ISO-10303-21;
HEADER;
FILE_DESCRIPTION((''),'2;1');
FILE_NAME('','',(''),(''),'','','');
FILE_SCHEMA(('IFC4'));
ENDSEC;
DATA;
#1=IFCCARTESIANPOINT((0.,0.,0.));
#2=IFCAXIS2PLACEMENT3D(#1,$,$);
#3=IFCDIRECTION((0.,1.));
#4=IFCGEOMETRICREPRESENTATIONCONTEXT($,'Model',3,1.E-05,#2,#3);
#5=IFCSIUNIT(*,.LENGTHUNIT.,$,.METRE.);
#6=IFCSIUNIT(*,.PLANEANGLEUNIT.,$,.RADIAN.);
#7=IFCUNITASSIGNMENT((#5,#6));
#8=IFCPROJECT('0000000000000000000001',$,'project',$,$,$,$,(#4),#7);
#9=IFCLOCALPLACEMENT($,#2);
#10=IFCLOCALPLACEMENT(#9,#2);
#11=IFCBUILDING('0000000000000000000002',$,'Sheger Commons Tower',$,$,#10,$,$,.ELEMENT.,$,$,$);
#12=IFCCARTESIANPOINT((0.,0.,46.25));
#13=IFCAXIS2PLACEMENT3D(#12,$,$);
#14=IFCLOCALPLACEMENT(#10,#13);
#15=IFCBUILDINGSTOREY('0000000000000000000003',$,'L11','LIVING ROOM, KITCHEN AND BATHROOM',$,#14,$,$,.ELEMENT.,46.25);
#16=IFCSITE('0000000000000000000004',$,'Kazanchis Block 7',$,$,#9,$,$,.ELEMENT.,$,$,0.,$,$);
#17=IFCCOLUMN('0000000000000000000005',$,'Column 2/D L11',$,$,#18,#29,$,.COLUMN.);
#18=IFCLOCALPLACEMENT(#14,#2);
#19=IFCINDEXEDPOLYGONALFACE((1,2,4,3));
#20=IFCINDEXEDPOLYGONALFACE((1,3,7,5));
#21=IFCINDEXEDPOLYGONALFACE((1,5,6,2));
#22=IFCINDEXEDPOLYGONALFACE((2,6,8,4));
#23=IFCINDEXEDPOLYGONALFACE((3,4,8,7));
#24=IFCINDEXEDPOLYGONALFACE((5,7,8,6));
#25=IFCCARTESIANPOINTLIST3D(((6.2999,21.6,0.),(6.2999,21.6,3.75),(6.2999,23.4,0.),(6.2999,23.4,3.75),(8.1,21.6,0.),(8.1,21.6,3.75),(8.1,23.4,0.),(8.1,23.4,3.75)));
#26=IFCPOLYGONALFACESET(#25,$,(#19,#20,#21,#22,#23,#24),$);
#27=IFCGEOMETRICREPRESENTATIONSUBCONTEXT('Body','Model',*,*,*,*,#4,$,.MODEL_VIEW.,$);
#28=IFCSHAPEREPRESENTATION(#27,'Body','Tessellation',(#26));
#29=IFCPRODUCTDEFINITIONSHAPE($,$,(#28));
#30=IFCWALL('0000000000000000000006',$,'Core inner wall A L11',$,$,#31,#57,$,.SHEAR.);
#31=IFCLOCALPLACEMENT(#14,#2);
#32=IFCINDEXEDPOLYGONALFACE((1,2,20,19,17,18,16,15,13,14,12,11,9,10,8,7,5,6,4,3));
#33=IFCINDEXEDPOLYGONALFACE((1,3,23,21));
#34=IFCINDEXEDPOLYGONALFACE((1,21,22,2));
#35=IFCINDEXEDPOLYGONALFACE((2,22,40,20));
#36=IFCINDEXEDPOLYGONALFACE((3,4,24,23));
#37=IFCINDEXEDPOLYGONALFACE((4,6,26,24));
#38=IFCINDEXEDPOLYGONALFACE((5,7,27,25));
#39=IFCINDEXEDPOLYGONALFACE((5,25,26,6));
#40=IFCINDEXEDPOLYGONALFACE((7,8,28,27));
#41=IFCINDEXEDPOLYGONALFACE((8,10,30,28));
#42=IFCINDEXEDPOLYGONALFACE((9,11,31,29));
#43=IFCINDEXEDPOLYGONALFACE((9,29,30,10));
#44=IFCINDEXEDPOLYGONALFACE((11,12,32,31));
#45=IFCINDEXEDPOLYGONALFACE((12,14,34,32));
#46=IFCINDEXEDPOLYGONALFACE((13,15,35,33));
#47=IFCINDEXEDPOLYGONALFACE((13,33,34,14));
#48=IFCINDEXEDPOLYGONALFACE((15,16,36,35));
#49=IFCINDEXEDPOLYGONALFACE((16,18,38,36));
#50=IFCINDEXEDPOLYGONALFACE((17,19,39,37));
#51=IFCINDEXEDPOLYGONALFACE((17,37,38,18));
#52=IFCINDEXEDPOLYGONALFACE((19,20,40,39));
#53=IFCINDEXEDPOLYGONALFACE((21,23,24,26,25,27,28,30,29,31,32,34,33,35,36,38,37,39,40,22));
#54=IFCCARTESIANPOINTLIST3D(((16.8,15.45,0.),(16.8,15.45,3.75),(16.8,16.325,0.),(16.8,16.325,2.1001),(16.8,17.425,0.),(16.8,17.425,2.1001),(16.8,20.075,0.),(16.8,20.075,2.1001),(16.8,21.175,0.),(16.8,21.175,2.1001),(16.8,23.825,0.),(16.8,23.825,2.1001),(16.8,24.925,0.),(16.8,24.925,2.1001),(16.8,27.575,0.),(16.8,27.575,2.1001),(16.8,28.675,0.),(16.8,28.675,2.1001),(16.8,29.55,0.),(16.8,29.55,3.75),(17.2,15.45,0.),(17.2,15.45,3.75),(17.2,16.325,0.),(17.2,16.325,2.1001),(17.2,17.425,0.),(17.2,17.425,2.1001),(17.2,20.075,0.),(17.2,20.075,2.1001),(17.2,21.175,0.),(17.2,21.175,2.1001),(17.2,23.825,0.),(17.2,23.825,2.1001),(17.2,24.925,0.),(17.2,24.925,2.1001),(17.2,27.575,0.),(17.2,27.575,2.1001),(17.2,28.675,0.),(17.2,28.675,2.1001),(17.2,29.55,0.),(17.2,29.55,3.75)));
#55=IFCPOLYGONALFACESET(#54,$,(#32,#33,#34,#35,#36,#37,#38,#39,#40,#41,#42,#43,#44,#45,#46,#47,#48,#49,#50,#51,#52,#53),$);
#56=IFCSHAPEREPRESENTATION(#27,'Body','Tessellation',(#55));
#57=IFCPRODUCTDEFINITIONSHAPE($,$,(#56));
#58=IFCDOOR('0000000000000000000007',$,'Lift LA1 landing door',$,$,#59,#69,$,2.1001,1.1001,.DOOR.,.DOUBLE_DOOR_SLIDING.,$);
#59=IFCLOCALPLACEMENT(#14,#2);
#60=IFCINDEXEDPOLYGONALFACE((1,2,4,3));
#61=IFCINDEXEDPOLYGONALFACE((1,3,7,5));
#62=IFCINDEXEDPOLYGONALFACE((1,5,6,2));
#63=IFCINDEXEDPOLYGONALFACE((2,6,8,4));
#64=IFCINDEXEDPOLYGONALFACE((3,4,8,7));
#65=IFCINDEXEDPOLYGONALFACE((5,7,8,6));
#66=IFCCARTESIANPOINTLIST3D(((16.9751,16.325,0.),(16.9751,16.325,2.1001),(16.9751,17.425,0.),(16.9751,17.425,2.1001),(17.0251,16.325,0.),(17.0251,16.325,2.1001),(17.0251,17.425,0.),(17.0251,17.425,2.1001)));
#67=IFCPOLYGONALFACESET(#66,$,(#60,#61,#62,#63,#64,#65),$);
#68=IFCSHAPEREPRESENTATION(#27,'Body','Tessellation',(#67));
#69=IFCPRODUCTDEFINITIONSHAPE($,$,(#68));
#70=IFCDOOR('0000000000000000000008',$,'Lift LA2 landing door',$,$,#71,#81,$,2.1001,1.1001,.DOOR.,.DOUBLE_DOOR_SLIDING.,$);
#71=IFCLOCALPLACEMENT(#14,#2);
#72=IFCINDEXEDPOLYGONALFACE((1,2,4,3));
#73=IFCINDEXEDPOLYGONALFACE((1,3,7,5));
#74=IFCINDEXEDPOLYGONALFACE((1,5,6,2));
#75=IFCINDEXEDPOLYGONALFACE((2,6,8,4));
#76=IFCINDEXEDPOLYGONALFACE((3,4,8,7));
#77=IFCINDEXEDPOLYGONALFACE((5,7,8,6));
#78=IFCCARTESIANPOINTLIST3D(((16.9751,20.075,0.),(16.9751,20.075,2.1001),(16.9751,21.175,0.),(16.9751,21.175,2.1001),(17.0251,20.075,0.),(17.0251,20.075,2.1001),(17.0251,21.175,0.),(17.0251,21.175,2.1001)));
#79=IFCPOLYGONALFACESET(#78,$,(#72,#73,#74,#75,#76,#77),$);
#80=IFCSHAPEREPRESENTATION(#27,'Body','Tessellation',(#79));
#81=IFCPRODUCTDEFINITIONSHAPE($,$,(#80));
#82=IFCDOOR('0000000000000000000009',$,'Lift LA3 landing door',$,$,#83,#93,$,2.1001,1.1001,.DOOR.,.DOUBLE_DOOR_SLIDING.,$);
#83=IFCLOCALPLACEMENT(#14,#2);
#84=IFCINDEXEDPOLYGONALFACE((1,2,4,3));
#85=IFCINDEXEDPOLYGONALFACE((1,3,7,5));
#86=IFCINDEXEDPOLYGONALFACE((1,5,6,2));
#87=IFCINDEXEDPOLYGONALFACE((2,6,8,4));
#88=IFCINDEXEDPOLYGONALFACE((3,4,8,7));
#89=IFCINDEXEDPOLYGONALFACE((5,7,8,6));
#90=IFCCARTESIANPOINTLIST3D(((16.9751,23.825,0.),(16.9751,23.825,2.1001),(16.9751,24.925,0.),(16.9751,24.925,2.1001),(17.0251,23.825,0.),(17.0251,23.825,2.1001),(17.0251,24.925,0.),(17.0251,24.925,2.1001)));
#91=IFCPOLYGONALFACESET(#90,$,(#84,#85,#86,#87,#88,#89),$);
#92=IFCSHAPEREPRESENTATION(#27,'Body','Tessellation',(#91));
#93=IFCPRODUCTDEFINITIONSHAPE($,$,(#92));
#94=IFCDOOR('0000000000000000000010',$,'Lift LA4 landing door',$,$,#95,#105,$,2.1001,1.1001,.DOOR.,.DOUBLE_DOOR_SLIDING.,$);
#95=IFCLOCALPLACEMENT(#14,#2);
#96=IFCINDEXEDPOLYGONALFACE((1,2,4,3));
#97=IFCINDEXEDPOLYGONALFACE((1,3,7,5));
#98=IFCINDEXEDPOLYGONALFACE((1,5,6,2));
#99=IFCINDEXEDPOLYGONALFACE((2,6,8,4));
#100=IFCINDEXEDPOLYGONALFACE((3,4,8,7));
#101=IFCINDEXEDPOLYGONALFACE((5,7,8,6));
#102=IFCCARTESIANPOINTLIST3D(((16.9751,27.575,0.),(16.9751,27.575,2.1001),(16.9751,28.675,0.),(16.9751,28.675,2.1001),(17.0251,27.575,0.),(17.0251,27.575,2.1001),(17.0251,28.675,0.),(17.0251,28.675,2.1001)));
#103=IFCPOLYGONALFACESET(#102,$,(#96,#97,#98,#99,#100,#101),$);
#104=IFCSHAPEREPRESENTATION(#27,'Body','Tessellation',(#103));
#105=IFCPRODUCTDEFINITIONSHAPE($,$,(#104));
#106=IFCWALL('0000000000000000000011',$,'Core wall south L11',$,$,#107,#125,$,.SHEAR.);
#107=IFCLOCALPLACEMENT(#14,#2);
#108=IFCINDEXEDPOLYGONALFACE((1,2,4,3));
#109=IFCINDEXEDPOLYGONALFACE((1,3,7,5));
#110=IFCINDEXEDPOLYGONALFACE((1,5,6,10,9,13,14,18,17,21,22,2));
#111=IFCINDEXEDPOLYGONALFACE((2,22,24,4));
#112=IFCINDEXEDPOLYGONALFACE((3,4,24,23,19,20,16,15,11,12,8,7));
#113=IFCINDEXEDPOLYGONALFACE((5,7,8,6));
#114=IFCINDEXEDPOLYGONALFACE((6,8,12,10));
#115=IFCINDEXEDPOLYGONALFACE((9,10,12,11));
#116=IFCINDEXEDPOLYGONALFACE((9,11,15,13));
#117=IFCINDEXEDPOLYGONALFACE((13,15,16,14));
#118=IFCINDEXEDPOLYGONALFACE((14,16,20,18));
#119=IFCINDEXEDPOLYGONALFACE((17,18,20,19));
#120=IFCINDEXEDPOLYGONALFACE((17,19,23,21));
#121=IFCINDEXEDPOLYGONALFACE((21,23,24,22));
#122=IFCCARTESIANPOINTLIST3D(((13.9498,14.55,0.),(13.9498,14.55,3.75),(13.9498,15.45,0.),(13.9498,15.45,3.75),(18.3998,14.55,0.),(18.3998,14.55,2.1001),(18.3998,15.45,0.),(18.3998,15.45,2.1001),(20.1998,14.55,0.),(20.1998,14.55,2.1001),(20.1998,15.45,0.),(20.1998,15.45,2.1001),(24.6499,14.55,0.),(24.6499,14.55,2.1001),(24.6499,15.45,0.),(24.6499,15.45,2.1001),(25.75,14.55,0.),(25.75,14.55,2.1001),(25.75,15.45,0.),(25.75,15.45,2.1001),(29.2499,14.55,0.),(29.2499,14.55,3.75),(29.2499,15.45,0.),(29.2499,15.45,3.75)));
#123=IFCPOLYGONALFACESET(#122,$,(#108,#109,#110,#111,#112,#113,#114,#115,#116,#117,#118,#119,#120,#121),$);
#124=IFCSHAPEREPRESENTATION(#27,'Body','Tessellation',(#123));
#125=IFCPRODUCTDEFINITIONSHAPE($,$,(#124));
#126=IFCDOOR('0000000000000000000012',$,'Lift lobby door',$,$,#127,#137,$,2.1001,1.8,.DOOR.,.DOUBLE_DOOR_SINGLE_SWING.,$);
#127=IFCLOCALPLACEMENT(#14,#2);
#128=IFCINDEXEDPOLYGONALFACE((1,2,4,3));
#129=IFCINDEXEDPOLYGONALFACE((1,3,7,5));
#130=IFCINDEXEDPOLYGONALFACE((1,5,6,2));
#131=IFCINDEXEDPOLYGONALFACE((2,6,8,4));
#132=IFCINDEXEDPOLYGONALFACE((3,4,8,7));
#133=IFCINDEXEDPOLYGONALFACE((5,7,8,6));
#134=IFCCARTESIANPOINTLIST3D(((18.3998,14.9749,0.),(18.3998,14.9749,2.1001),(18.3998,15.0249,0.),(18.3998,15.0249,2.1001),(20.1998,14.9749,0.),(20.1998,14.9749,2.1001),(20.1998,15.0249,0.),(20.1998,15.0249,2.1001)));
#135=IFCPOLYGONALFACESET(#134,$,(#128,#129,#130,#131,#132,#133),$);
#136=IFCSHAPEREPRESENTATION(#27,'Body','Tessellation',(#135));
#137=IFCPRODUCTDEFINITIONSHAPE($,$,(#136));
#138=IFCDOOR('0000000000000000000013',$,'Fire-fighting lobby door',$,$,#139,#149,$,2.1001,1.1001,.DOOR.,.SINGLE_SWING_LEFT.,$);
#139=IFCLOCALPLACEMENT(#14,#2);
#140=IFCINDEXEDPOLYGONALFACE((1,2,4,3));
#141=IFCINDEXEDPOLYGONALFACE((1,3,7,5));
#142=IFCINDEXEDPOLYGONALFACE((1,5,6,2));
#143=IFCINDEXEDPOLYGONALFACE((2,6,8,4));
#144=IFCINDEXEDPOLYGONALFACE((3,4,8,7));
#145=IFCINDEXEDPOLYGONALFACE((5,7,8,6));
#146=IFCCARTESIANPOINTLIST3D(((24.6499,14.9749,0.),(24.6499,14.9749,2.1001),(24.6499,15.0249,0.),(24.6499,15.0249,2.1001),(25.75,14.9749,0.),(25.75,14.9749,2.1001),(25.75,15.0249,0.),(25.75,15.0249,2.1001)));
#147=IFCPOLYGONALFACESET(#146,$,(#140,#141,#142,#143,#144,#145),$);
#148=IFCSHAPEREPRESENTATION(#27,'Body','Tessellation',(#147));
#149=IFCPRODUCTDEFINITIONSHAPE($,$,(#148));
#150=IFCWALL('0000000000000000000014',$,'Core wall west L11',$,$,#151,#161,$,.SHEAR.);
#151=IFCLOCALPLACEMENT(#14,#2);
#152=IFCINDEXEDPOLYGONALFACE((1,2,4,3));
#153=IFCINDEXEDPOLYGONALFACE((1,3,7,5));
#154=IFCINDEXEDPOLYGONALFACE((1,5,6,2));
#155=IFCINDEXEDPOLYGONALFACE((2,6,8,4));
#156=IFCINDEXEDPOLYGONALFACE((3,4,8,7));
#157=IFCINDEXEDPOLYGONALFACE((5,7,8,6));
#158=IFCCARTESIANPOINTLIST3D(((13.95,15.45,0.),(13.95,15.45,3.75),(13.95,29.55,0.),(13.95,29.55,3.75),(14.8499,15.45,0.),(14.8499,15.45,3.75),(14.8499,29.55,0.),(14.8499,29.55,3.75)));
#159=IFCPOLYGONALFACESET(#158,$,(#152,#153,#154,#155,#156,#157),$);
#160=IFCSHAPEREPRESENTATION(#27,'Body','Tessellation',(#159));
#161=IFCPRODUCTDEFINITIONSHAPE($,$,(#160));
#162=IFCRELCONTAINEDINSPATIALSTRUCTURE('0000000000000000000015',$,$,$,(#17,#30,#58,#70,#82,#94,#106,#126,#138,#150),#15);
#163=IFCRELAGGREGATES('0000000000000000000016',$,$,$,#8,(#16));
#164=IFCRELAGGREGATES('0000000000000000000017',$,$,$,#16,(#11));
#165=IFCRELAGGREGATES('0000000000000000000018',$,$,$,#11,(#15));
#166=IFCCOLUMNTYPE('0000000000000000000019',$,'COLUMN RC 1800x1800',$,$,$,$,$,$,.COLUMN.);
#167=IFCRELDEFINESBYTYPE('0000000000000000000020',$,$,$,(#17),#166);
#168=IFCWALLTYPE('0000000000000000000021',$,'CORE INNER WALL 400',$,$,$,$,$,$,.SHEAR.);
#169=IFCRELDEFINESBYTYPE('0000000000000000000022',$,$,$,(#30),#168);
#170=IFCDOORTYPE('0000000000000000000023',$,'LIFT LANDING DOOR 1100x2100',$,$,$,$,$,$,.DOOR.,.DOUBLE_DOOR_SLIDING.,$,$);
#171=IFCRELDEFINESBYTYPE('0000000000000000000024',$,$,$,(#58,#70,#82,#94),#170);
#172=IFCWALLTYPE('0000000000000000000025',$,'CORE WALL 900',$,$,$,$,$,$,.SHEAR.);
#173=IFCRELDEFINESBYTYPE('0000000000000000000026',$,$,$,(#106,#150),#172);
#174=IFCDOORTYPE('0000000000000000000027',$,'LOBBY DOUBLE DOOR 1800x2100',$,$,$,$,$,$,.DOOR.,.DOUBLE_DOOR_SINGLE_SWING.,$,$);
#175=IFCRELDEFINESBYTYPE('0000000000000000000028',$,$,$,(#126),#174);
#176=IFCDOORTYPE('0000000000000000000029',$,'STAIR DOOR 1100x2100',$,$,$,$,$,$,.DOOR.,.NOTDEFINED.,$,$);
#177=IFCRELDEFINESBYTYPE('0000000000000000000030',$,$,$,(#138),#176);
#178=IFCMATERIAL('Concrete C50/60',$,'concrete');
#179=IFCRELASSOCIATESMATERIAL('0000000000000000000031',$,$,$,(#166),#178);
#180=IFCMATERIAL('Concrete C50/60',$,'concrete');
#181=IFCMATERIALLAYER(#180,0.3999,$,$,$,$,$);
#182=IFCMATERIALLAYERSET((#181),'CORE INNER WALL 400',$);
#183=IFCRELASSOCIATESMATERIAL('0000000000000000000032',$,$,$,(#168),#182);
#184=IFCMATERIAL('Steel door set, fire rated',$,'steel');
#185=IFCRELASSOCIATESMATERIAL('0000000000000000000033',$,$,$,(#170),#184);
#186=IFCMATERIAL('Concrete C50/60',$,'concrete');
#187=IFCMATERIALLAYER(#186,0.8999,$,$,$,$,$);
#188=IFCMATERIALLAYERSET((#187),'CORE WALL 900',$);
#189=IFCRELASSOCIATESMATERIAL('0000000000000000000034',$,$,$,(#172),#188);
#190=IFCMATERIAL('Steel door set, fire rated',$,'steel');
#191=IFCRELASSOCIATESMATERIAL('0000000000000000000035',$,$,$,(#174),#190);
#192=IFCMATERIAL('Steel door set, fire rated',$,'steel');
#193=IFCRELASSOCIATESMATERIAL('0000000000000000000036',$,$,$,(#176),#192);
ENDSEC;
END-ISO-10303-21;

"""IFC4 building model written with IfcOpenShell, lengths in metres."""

from ifc_helpers import new_model, si_unit, direction, frame, frame_2d, origin, origin_2d, place, context, subcontext, project, spatial, rectangle, extrude, material, layer, layer_set, material_profile, profile_set, type_object, element, fill, save


model = new_model("IFC4")

# Units and contexts
model_context = context("Model", 3, precision=1e-05, world=origin(), true_north=direction((0.0, 1.0)))
body_context = subcontext(model_context, "Body", "Model", "MODEL_VIEW")
ifc_project = project(units=[si_unit("LENGTHUNIT", "METRE"), si_unit("PLANEANGLEUNIT", "RADIAN")], contexts=[model_context])

# Site, building, storey
site_placement = place(None, origin())
site = spatial("IfcSite", under=ifc_project, at=site_placement, Name="Kazanchis Block 7", CompositionType="ELEMENT", RefElevation=0.0)
building_placement = place(site_placement, origin())
building = spatial("IfcBuilding", under=site, at=building_placement, Name="Sheger Commons Tower", CompositionType="ELEMENT")
storey_placement = place(building_placement, frame((0.0, 0.0, 46.25)))
storey = spatial("IfcBuildingStorey", under=building, at=storey_placement, Name="L11", Description="LIVING ROOM, KITCHEN AND BATHROOM", CompositionType="ELEMENT", Elevation=46.25)

# Column
ifc_material_1 = material(Name="Concrete C50/60", Category="concrete")
ifc_material_profile = material_profile(ifc_material_1, rectangle(XDim=1.8, YDim=1.8, at=origin_2d()), Name="RC 1800x1800")
ifc_profile_set = profile_set([ifc_material_profile], Name="Concrete C50/60")
column_type = type_object("IfcColumnType", Name="COLUMN RC 1800x1800", PredefinedType="COLUMN", material=ifc_profile_set)
column_placement = place(storey_placement, frame((7.2, 22.5, 0.0), z_axis=(0.0, 0.0, 1.0), x_axis=(1.0, 0.0, 0.0)))
element("IfcColumn", 1, at=column_placement, inside=storey, type_object=column_type, Name="Column 2/D L11", PredefinedType="COLUMN", context=body_context, shape_type="SweptSolid", body=[
    extrude(rectangle(XDim=1.8, YDim=1.8, at=origin_2d()), origin(), (0.0, 0.0, 1.0), 3.75),
])

# Walls, openings, doors
ifc_material_2 = material(Name="Concrete C50/60", Category="concrete")
ifc_layer_1 = layer(ifc_material_2, 0.3999)
ifc_layer_set_1 = layer_set([ifc_layer_1], Name="CORE INNER WALL 400")
wall_type_1 = type_object("IfcWallType", Name="CORE INNER WALL 400", PredefinedType="SHEAR", material=ifc_layer_set_1)
wall_1_placement = place(storey_placement, frame((17.0, 15.45, 0.0), z_axis=(0.0, 0.0, 1.0), x_axis=(0.0, 1.0, 0.0)))
wall_1 = element("IfcWall", 2, at=wall_1_placement, inside=storey, type_object=wall_type_1, Name="Core inner wall A L11", PredefinedType="SHEAR", context=body_context, shape_type="SweptSolid", body=[
    extrude(rectangle(XDim=14.1001, YDim=0.3999, at=frame_2d((7.05, 0.0))), origin(), (0.0, 0.0, 1.0), 3.75),
])
opening_1_placement = place(wall_1_placement, frame((0.875, 0.0, 0.0)))
opening_1 = element("IfcOpeningElement", 3, at=opening_1_placement, cuts=wall_1, PredefinedType="OPENING", context=body_context, shape_type="SweptSolid", body=[
    extrude(rectangle(XDim=1.1001, YDim=2.1001, at=frame_2d((0.55, 1.05))), frame((0.0, 0.21, 0.0), z_axis=(0.0, -1.0, 0.0), x_axis=(1.0, 0.0, 0.0)), (0.0, 0.0, 1.0), 0.4199),
])
opening_2_placement = place(wall_1_placement, frame((4.625, 0.0, 0.0)))
opening_2 = element("IfcOpeningElement", 4, at=opening_2_placement, cuts=wall_1, PredefinedType="OPENING", context=body_context, shape_type="SweptSolid", body=[
    extrude(rectangle(XDim=1.1001, YDim=2.1001, at=frame_2d((0.55, 1.05))), frame((0.0, 0.21, 0.0), z_axis=(0.0, -1.0, 0.0), x_axis=(1.0, 0.0, 0.0)), (0.0, 0.0, 1.0), 0.4199),
])
opening_3_placement = place(wall_1_placement, frame((8.375, 0.0, 0.0)))
opening_3 = element("IfcOpeningElement", 5, at=opening_3_placement, cuts=wall_1, PredefinedType="OPENING", context=body_context, shape_type="SweptSolid", body=[
    extrude(rectangle(XDim=1.1001, YDim=2.1001, at=frame_2d((0.55, 1.05))), frame((0.0, 0.21, 0.0), z_axis=(0.0, -1.0, 0.0), x_axis=(1.0, 0.0, 0.0)), (0.0, 0.0, 1.0), 0.4199),
])
opening_4_placement = place(wall_1_placement, frame((12.125, 0.0, 0.0)))
opening_4 = element("IfcOpeningElement", 6, at=opening_4_placement, cuts=wall_1, PredefinedType="OPENING", context=body_context, shape_type="SweptSolid", body=[
    extrude(rectangle(XDim=1.1001, YDim=2.1001, at=frame_2d((0.55, 1.05))), frame((0.0, 0.21, 0.0), z_axis=(0.0, -1.0, 0.0), x_axis=(1.0, 0.0, 0.0)), (0.0, 0.0, 1.0), 0.4199),
])
ifc_material_3 = material(Name="Steel door set, fire rated", Category="steel")
door_type_1 = type_object("IfcDoorType", Name="LIFT LANDING DOOR 1100x2100", OperationType="DOUBLE_DOOR_SLIDING", PredefinedType="DOOR", material=ifc_material_3)
door_1_placement = place(opening_1_placement, origin())
door_1 = element("IfcDoor", 7, at=door_1_placement, inside=storey, type_object=door_type_1, Name="Lift LA1 landing door", OperationType="DOUBLE_DOOR_SLIDING", OverallHeight=2.1001, OverallWidth=1.1001, PredefinedType="DOOR", context=body_context, shape_type="SweptSolid", body=[
    extrude(rectangle(XDim=1.1001, YDim=2.1001, at=frame_2d((0.55, 1.05))), frame((0.0, 0.0249, 0.0), z_axis=(0.0, -1.0, 0.0), x_axis=(1.0, 0.0, 0.0)), (0.0, 0.0, 1.0), 0.05),
])
fill(opening_1, door_1)
door_2_placement = place(opening_2_placement, origin())
door_2 = element("IfcDoor", 8, at=door_2_placement, inside=storey, type_object=door_type_1, Name="Lift LA2 landing door", OperationType="DOUBLE_DOOR_SLIDING", OverallHeight=2.1001, OverallWidth=1.1001, PredefinedType="DOOR", context=body_context, shape_type="SweptSolid", body=[
    extrude(rectangle(XDim=1.1001, YDim=2.1001, at=frame_2d((0.55, 1.05))), frame((0.0, 0.0249, 0.0), z_axis=(0.0, -1.0, 0.0), x_axis=(1.0, 0.0, 0.0)), (0.0, 0.0, 1.0), 0.05),
])
fill(opening_2, door_2)
door_3_placement = place(opening_3_placement, origin())
door_3 = element("IfcDoor", 9, at=door_3_placement, inside=storey, type_object=door_type_1, Name="Lift LA3 landing door", OperationType="DOUBLE_DOOR_SLIDING", OverallHeight=2.1001, OverallWidth=1.1001, PredefinedType="DOOR", context=body_context, shape_type="SweptSolid", body=[
    extrude(rectangle(XDim=1.1001, YDim=2.1001, at=frame_2d((0.55, 1.05))), frame((0.0, 0.0249, 0.0), z_axis=(0.0, -1.0, 0.0), x_axis=(1.0, 0.0, 0.0)), (0.0, 0.0, 1.0), 0.05),
])
fill(opening_3, door_3)
door_4_placement = place(opening_4_placement, origin())
door_4 = element("IfcDoor", 10, at=door_4_placement, inside=storey, type_object=door_type_1, Name="Lift LA4 landing door", OperationType="DOUBLE_DOOR_SLIDING", OverallHeight=2.1001, OverallWidth=1.1001, PredefinedType="DOOR", context=body_context, shape_type="SweptSolid", body=[
    extrude(rectangle(XDim=1.1001, YDim=2.1001, at=frame_2d((0.55, 1.05))), frame((0.0, 0.0249, 0.0), z_axis=(0.0, -1.0, 0.0), x_axis=(1.0, 0.0, 0.0)), (0.0, 0.0, 1.0), 0.05),
])
fill(opening_4, door_4)
ifc_material_4 = material(Name="Concrete C50/60", Category="concrete")
ifc_layer_2 = layer(ifc_material_4, 0.8999)
ifc_layer_set_2 = layer_set([ifc_layer_2], Name="CORE WALL 900")
wall_type_2 = type_object("IfcWallType", Name="CORE WALL 900", PredefinedType="SHEAR", material=ifc_layer_set_2)
wall_2_placement = place(storey_placement, frame((13.95, 15.0, 0.0), z_axis=(0.0, 0.0, 1.0), x_axis=(1.0, 0.0, 0.0)))
wall_2 = element("IfcWall", 11, at=wall_2_placement, inside=storey, type_object=wall_type_2, Name="Core wall south L11", PredefinedType="SHEAR", context=body_context, shape_type="SweptSolid", body=[
    extrude(rectangle(XDim=15.3, YDim=0.8999, at=frame_2d((7.6499, 0.0))), origin(), (0.0, 0.0, 1.0), 3.75),
])
opening_5_placement = place(wall_2_placement, frame((4.45, 0.0, 0.0)))
opening_5 = element("IfcOpeningElement", 12, at=opening_5_placement, cuts=wall_2, PredefinedType="OPENING", context=body_context, shape_type="SweptSolid", body=[
    extrude(rectangle(XDim=1.8, YDim=2.1001, at=frame_2d((0.8999, 1.05))), frame((0.0, 0.46, 0.0), z_axis=(0.0, -1.0, 0.0), x_axis=(1.0, 0.0, 0.0)), (0.0, 0.0, 1.0), 0.9199),
])
opening_6_placement = place(wall_2_placement, frame((10.7, 0.0, 0.0)))
opening_6 = element("IfcOpeningElement", 13, at=opening_6_placement, cuts=wall_2, PredefinedType="OPENING", context=body_context, shape_type="SweptSolid", body=[
    extrude(rectangle(XDim=1.1001, YDim=2.1001, at=frame_2d((0.55, 1.05))), frame((0.0, 0.46, 0.0), z_axis=(0.0, -1.0, 0.0), x_axis=(1.0, 0.0, 0.0)), (0.0, 0.0, 1.0), 0.9199),
])
ifc_material_5 = material(Name="Steel door set, fire rated", Category="steel")
door_type_2 = type_object("IfcDoorType", Name="LOBBY DOUBLE DOOR 1800x2100", OperationType="DOUBLE_DOOR_SINGLE_SWING", PredefinedType="DOOR", material=ifc_material_5)
door_5_placement = place(opening_5_placement, origin())
door_5 = element("IfcDoor", 14, at=door_5_placement, inside=storey, type_object=door_type_2, Name="Lift lobby door", OperationType="DOUBLE_DOOR_SINGLE_SWING", OverallHeight=2.1001, OverallWidth=1.8, PredefinedType="DOOR", context=body_context, shape_type="SweptSolid", body=[
    extrude(rectangle(XDim=1.8, YDim=2.1001, at=frame_2d((0.8999, 1.05))), frame((0.0, 0.0249, 0.0), z_axis=(0.0, -1.0, 0.0), x_axis=(1.0, 0.0, 0.0)), (0.0, 0.0, 1.0), 0.05),
])
fill(opening_5, door_5)
ifc_material_6 = material(Name="Steel door set, fire rated", Category="steel")
door_type_3 = type_object("IfcDoorType", Name="STAIR DOOR 1100x2100", OperationType="NOTDEFINED", PredefinedType="DOOR", material=ifc_material_6)
door_6_placement = place(opening_6_placement, origin())
door_6 = element("IfcDoor", 15, at=door_6_placement, inside=storey, type_object=door_type_3, Name="Fire-fighting lobby door", OperationType="SINGLE_SWING_LEFT", OverallHeight=2.1001, OverallWidth=1.1001, PredefinedType="DOOR", context=body_context, shape_type="SweptSolid", body=[
    extrude(rectangle(XDim=1.1001, YDim=2.1001, at=frame_2d((0.55, 1.05))), frame((0.0, 0.0249, 0.0), z_axis=(0.0, -1.0, 0.0), x_axis=(1.0, 0.0, 0.0)), (0.0, 0.0, 1.0), 0.05),
])
fill(opening_6, door_6)

# Wall
wall_3_placement = place(storey_placement, frame((14.3999, 15.45, 0.0), z_axis=(0.0, 0.0, 1.0), x_axis=(0.0, 1.0, 0.0)))
element("IfcWall", 16, at=wall_3_placement, inside=storey, type_object=wall_type_2, Name="Core wall west L11", PredefinedType="SHEAR", context=body_context, shape_type="SweptSolid", body=[
    extrude(rectangle(XDim=14.1001, YDim=0.8999, at=frame_2d((7.05, 0.0))), origin(), (0.0, 0.0, 1.0), 3.75),
])

save(model, "model.ifc")
